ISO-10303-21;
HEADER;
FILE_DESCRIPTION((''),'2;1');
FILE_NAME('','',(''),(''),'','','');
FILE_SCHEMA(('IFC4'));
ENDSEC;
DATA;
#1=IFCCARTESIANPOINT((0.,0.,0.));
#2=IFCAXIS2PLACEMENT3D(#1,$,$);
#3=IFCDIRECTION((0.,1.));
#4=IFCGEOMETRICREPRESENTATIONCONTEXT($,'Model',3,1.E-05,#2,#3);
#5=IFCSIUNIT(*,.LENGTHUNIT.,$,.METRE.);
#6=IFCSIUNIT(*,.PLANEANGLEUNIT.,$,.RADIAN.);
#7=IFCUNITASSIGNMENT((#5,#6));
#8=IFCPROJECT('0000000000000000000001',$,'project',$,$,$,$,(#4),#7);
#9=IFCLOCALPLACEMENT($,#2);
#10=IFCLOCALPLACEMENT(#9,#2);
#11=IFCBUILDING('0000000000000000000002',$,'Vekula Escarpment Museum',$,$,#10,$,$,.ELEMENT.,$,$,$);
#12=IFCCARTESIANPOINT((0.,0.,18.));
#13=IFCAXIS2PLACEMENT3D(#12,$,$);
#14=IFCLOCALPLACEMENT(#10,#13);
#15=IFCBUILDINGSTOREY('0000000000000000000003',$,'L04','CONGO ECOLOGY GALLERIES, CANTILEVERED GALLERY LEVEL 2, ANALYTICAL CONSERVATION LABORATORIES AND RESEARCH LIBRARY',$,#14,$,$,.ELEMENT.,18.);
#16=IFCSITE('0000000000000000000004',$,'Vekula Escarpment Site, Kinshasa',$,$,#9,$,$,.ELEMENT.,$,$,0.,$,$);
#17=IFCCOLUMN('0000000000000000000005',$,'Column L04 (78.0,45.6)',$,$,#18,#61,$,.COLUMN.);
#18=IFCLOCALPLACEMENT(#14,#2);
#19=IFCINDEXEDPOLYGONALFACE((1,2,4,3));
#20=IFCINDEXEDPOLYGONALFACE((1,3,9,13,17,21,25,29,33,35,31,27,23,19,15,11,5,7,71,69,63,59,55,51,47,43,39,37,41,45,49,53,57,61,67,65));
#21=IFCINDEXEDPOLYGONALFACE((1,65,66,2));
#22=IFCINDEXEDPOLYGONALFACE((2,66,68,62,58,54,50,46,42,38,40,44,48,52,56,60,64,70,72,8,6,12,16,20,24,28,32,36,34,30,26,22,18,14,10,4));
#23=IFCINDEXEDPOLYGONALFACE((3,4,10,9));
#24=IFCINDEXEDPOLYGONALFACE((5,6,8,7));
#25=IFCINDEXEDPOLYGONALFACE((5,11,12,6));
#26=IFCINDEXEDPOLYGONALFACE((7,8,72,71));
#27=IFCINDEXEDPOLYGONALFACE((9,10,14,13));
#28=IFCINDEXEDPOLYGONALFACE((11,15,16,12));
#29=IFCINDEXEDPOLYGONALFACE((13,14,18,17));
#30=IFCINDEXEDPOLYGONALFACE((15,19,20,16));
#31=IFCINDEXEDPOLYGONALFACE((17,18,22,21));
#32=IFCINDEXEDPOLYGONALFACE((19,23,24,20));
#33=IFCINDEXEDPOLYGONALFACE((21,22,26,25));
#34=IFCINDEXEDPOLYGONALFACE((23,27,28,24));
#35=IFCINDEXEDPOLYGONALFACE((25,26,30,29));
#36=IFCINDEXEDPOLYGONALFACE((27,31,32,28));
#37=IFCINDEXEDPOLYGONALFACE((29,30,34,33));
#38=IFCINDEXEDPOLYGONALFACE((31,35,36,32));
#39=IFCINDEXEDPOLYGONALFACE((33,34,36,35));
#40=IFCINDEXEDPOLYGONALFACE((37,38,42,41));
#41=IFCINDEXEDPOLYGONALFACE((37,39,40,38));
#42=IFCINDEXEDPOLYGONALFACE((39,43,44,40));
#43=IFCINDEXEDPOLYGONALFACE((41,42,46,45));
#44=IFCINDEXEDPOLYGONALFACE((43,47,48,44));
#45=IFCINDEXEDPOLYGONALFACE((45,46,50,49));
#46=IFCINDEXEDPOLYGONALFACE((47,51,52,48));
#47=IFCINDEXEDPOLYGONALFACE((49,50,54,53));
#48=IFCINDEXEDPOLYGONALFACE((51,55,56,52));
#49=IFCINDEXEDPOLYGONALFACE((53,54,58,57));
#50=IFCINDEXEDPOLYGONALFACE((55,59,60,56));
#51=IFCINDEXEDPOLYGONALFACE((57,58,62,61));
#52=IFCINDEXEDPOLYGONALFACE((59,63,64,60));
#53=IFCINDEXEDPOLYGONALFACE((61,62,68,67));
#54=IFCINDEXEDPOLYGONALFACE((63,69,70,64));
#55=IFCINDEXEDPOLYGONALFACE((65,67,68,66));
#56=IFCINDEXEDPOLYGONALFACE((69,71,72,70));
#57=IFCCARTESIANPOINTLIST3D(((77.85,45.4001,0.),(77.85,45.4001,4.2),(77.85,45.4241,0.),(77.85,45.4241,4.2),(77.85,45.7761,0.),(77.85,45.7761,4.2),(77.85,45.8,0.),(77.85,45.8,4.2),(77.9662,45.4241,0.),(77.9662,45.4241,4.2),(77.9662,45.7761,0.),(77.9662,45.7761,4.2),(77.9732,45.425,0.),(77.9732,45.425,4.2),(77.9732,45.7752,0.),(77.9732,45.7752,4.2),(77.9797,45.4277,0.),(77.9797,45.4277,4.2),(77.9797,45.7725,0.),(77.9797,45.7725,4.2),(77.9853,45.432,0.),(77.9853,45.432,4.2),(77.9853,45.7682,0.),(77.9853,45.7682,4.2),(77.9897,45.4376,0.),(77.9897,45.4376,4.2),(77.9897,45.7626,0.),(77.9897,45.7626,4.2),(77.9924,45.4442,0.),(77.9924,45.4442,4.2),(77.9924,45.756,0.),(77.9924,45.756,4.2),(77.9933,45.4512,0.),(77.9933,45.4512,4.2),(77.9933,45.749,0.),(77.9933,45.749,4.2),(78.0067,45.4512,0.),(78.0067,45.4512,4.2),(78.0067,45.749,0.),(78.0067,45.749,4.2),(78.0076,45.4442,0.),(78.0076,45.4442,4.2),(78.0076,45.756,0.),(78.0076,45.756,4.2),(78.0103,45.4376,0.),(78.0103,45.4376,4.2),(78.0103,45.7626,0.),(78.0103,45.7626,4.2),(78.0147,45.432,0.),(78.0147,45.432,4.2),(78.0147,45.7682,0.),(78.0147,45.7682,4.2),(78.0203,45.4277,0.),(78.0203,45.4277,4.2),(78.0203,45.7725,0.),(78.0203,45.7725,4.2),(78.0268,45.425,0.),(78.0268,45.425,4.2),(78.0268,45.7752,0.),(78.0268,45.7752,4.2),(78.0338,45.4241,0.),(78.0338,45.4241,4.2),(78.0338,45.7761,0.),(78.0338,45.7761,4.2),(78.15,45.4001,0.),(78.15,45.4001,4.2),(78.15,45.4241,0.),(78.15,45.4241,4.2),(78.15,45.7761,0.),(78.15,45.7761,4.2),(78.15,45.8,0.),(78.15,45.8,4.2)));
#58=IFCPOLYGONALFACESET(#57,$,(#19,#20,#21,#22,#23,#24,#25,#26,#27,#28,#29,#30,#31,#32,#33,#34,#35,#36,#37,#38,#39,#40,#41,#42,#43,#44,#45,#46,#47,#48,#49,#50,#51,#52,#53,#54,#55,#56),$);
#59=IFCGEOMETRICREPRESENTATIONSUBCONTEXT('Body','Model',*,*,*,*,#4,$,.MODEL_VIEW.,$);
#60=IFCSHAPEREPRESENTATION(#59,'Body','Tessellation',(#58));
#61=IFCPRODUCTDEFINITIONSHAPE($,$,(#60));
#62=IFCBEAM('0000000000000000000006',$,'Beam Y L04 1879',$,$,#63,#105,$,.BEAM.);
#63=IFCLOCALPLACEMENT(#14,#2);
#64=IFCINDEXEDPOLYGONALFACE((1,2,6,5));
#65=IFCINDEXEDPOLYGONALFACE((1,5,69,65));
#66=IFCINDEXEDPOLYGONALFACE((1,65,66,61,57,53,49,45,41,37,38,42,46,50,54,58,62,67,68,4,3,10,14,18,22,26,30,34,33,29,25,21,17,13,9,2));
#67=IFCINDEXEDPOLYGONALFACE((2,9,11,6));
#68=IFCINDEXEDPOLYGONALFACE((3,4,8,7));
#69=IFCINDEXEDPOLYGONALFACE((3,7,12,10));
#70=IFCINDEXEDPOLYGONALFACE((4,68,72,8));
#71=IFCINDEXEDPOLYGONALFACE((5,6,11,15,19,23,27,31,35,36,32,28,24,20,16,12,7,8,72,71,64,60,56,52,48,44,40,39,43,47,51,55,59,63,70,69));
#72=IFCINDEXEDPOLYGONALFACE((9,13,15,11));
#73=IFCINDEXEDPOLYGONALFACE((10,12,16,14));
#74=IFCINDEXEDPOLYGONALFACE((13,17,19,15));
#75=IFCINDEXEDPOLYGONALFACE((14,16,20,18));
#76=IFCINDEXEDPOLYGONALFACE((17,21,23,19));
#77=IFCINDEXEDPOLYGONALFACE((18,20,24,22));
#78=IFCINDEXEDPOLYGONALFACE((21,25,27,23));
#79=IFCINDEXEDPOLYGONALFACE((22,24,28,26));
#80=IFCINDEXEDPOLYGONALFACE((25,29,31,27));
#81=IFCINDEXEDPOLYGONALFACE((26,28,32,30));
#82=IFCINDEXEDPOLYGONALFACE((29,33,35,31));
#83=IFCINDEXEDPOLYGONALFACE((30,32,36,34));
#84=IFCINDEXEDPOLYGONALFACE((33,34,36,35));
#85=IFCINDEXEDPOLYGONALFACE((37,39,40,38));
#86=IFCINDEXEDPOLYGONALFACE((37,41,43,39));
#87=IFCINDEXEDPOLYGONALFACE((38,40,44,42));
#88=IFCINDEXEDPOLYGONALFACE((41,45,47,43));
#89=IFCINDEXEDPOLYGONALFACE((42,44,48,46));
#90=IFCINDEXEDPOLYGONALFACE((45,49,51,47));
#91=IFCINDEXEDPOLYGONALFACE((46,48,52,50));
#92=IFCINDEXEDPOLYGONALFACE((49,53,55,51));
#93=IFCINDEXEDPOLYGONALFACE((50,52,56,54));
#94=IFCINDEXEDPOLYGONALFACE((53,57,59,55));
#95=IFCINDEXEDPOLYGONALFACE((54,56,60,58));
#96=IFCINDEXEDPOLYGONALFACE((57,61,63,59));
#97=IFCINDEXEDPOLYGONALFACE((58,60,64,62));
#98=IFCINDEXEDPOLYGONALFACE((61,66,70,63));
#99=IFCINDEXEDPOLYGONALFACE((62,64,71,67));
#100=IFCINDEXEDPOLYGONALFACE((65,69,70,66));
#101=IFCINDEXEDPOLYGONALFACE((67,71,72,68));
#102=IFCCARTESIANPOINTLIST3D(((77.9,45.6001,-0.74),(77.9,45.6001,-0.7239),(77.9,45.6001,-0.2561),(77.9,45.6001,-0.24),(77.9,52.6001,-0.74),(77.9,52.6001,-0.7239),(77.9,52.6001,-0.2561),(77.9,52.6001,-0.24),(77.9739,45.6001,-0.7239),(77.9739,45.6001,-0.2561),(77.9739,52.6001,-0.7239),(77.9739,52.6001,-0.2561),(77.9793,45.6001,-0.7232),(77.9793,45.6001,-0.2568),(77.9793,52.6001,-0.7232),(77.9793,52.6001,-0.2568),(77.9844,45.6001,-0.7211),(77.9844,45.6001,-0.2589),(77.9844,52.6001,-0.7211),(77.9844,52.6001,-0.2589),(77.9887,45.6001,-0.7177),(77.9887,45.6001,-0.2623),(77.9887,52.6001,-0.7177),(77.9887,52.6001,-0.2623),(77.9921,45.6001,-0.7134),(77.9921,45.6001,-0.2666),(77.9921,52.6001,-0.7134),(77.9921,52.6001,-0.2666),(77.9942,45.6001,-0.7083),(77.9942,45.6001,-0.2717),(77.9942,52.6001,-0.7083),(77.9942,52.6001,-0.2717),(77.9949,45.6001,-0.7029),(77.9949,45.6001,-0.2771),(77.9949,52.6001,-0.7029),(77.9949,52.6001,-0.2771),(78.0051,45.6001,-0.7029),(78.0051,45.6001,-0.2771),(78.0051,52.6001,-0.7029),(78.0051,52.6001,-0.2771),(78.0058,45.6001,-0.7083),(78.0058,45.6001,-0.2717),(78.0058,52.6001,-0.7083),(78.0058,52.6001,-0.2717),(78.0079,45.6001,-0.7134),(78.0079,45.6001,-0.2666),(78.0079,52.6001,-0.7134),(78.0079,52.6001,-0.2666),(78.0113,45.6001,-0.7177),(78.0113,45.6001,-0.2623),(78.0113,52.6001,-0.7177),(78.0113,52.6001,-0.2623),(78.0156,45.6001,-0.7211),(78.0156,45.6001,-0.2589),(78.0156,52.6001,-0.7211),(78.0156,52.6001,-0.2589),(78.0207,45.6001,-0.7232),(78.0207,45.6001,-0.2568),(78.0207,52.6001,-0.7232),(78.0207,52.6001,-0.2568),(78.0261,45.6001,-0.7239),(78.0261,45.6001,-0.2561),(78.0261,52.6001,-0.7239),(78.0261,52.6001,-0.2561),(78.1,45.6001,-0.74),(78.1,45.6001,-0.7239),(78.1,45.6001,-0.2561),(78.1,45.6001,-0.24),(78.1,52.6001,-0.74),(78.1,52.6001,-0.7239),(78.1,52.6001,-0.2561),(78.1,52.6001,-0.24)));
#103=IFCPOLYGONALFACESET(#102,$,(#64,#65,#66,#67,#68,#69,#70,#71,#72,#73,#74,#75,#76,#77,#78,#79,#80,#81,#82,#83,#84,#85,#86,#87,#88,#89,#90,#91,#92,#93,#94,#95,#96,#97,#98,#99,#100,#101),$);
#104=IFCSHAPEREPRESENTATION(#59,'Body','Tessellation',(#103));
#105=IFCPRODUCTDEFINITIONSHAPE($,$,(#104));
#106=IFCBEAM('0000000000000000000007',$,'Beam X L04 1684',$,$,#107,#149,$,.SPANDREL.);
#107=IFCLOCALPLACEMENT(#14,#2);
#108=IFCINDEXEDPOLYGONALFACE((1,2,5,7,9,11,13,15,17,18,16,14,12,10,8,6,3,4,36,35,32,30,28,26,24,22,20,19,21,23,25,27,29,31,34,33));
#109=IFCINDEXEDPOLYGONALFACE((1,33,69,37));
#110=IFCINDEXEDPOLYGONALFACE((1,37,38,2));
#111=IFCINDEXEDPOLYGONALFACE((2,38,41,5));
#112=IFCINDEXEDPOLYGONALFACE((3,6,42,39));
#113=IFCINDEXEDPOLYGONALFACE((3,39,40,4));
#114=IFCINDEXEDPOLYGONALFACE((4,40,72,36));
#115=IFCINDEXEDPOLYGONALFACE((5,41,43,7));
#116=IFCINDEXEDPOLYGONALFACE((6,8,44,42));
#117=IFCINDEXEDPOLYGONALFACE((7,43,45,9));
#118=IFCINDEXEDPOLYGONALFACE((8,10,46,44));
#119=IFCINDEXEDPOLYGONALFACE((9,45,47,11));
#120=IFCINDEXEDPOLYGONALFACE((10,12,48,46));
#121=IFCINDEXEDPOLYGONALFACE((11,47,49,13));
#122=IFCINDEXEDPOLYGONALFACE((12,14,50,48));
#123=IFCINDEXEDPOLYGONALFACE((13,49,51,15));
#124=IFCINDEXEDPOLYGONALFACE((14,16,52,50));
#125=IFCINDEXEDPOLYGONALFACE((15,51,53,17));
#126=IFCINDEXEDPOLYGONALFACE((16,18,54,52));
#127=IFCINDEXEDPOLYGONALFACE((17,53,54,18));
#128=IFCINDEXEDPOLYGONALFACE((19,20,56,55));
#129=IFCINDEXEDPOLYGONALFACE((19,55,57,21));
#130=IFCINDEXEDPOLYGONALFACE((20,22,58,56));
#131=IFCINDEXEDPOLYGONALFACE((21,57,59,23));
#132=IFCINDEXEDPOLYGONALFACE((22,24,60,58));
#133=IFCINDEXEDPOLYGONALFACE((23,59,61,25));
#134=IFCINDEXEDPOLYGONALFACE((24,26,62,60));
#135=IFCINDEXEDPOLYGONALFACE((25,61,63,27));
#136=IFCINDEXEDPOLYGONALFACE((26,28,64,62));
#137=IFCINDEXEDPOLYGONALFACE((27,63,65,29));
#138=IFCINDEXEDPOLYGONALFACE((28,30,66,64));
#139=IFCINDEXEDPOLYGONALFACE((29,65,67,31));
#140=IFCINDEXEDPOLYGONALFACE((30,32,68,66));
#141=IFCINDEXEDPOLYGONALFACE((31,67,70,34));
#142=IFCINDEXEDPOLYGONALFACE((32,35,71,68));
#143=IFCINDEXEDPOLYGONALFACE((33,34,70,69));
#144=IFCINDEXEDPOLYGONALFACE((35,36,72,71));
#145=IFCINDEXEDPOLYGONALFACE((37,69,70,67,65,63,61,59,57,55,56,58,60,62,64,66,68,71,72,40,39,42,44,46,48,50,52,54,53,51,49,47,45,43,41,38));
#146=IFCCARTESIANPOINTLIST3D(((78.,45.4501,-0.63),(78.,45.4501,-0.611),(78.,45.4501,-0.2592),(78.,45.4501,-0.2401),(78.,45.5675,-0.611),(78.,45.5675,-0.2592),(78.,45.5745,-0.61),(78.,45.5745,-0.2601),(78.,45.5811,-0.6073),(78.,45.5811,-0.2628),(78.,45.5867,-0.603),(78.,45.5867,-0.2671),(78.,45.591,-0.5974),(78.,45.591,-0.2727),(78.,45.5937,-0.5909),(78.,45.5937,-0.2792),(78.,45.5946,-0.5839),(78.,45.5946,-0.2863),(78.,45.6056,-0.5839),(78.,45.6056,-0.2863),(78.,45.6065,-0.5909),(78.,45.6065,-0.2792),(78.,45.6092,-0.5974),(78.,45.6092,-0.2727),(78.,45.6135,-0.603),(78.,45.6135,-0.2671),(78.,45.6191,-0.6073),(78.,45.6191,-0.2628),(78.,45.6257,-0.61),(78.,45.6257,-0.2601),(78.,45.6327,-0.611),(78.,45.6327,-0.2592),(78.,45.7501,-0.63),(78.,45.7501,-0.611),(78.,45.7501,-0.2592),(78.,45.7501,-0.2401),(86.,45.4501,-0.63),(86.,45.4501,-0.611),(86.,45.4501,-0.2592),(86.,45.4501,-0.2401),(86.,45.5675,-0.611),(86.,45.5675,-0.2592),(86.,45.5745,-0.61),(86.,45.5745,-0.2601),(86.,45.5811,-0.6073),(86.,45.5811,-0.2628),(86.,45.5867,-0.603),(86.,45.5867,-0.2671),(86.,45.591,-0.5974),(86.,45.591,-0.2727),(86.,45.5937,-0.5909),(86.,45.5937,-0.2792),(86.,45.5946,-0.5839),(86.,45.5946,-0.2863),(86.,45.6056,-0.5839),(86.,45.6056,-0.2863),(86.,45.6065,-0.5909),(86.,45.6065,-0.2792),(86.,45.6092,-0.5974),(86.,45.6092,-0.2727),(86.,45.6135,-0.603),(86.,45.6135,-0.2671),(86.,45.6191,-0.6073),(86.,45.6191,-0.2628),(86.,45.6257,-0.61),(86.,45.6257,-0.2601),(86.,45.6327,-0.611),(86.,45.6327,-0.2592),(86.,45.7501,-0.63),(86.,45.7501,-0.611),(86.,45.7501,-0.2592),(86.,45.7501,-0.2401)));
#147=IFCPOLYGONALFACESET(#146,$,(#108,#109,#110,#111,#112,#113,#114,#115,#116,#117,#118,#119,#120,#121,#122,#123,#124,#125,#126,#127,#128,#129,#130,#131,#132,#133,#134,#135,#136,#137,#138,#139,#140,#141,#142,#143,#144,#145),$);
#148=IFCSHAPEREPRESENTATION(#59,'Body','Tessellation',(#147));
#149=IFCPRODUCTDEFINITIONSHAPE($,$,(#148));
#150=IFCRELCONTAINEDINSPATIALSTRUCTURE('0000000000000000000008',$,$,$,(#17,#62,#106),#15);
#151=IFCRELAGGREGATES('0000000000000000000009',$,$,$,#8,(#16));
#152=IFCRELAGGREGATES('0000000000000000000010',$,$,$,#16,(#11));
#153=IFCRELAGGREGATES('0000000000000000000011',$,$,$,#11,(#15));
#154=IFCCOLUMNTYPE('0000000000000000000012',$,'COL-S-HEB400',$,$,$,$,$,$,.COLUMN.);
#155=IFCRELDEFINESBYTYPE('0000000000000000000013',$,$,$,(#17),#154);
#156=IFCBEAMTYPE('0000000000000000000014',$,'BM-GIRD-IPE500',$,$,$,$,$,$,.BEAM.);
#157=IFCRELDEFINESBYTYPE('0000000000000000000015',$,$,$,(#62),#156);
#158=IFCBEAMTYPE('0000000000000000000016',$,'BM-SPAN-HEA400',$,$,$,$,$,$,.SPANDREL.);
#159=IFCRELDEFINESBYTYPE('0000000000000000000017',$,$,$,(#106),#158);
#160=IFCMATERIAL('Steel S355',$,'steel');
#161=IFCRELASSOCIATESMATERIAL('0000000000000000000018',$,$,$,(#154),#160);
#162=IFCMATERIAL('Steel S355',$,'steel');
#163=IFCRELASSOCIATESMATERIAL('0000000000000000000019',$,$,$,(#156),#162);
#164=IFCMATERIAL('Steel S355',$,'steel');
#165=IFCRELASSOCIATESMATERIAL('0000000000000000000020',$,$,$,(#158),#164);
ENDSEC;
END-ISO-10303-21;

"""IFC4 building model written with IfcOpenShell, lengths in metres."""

from ifc_helpers import new_model, si_unit, direction, frame, origin, origin_2d, place, context, subcontext, project, spatial, i_section, extrude, material, material_profile, profile_set, type_object, element, save


model = new_model("IFC4")

# Units and contexts
model_context = context("Model", 3, precision=1e-05, world=origin(), true_north=direction((0.0, 1.0)))
body_context = subcontext(model_context, "Body", "Model", "MODEL_VIEW")
ifc_project = project(units=[si_unit("LENGTHUNIT", "METRE"), si_unit("PLANEANGLEUNIT", "RADIAN")], contexts=[model_context])

# Site, building, storey
site_placement = place(None, origin())
site = spatial("IfcSite", under=ifc_project, at=site_placement, Name="Vekula Escarpment Site, Kinshasa", CompositionType="ELEMENT", RefElevation=0.0)
building_placement = place(site_placement, origin())
building = spatial("IfcBuilding", under=site, at=building_placement, Name="Vekula Escarpment Museum", CompositionType="ELEMENT")
storey_placement = place(building_placement, frame((0.0, 0.0, 18.0)))
storey = spatial("IfcBuildingStorey", under=building, at=storey_placement, Name="L04", Description="CONGO ECOLOGY GALLERIES, CANTILEVERED GALLERY LEVEL 2, ANALYTICAL CONSERVATION LABORATORIES AND RESEARCH LIBRARY", CompositionType="ELEMENT", Elevation=18.0)

# Column
ifc_material_1 = material(Name="Steel S355", Category="steel")
ifc_material_profile_1 = material_profile(ifc_material_1, i_section(OverallWidth=0.3, OverallDepth=0.3999, WebThickness=0.0134, FlangeThickness=0.0239, FilletRadius=0.0271, at=origin_2d()), Name="HEB 400")
ifc_profile_set_1 = profile_set([ifc_material_profile_1], Name="Steel S355")
column_type = type_object("IfcColumnType", Name="COL-S-HEB400", PredefinedType="COLUMN", material=ifc_profile_set_1)
column_placement = place(storey_placement, frame((78.0, 45.6001, 0.0), z_axis=(0.0, 0.0, 1.0), x_axis=(1.0, 0.0, 0.0)))
element("IfcColumn", 1, at=column_placement, inside=storey, type_object=column_type, Name="Column L04 (78.0,45.6)", PredefinedType="COLUMN", context=body_context, shape_type="SweptSolid", body=[
    extrude(i_section(OverallWidth=0.3, OverallDepth=0.3999, WebThickness=0.0134, FlangeThickness=0.0239, FilletRadius=0.0271, at=origin_2d()), origin(), (0.0, 0.0, 1.0), 4.2),
])

# Beams
ifc_material_2 = material(Name="Steel S355", Category="steel")
ifc_material_profile_2 = material_profile(ifc_material_2, i_section(OverallWidth=0.2, OverallDepth=0.5, WebThickness=0.0103, FlangeThickness=0.0161, FilletRadius=0.021, at=origin_2d()), Name="IPE 500")
ifc_profile_set_2 = profile_set([ifc_material_profile_2], Name="Steel S355")
beam_type_1 = type_object("IfcBeamType", Name="BM-GIRD-IPE500", PredefinedType="BEAM", material=ifc_profile_set_2)
beam_1_placement = place(storey_placement, frame((78.0, 45.6001, -0.49), z_axis=(0.0, 1.0, 0.0), x_axis=(-1.0, 0.0, 0.0)))
element("IfcBeam", 2, at=beam_1_placement, inside=storey, type_object=beam_type_1, Name="Beam Y L04 1879", PredefinedType="BEAM", context=body_context, shape_type="SweptSolid", body=[
    extrude(i_section(OverallWidth=0.2, OverallDepth=0.5, WebThickness=0.0103, FlangeThickness=0.0161, FilletRadius=0.021, at=origin_2d()), origin(), (0.0, 0.0, 1.0), 7.0),
])
ifc_material_3 = material(Name="Steel S355", Category="steel")
ifc_material_profile_3 = material_profile(ifc_material_3, i_section(OverallWidth=0.3, OverallDepth=0.3899, WebThickness=0.011, FlangeThickness=0.019, FilletRadius=0.0271, at=origin_2d()), Name="HEA 400")
ifc_profile_set_3 = profile_set([ifc_material_profile_3], Name="Steel S355")
beam_type_2 = type_object("IfcBeamType", Name="BM-SPAN-HEA400", PredefinedType="SPANDREL", material=ifc_profile_set_3)
beam_2_placement = place(storey_placement, frame((78.0, 45.6001, -0.4351), z_axis=(1.0, 0.0, 0.0), x_axis=(0.0, 1.0, 0.0)))
element("IfcBeam", 3, at=beam_2_placement, inside=storey, type_object=beam_type_2, Name="Beam X L04 1684", PredefinedType="SPANDREL", context=body_context, shape_type="SweptSolid", body=[
    extrude(i_section(OverallWidth=0.3, OverallDepth=0.3899, WebThickness=0.011, FlangeThickness=0.019, FilletRadius=0.0271, at=origin_2d()), origin(), (0.0, 0.0, 1.0), 8.0),
])

save(model, "model.ifc")
